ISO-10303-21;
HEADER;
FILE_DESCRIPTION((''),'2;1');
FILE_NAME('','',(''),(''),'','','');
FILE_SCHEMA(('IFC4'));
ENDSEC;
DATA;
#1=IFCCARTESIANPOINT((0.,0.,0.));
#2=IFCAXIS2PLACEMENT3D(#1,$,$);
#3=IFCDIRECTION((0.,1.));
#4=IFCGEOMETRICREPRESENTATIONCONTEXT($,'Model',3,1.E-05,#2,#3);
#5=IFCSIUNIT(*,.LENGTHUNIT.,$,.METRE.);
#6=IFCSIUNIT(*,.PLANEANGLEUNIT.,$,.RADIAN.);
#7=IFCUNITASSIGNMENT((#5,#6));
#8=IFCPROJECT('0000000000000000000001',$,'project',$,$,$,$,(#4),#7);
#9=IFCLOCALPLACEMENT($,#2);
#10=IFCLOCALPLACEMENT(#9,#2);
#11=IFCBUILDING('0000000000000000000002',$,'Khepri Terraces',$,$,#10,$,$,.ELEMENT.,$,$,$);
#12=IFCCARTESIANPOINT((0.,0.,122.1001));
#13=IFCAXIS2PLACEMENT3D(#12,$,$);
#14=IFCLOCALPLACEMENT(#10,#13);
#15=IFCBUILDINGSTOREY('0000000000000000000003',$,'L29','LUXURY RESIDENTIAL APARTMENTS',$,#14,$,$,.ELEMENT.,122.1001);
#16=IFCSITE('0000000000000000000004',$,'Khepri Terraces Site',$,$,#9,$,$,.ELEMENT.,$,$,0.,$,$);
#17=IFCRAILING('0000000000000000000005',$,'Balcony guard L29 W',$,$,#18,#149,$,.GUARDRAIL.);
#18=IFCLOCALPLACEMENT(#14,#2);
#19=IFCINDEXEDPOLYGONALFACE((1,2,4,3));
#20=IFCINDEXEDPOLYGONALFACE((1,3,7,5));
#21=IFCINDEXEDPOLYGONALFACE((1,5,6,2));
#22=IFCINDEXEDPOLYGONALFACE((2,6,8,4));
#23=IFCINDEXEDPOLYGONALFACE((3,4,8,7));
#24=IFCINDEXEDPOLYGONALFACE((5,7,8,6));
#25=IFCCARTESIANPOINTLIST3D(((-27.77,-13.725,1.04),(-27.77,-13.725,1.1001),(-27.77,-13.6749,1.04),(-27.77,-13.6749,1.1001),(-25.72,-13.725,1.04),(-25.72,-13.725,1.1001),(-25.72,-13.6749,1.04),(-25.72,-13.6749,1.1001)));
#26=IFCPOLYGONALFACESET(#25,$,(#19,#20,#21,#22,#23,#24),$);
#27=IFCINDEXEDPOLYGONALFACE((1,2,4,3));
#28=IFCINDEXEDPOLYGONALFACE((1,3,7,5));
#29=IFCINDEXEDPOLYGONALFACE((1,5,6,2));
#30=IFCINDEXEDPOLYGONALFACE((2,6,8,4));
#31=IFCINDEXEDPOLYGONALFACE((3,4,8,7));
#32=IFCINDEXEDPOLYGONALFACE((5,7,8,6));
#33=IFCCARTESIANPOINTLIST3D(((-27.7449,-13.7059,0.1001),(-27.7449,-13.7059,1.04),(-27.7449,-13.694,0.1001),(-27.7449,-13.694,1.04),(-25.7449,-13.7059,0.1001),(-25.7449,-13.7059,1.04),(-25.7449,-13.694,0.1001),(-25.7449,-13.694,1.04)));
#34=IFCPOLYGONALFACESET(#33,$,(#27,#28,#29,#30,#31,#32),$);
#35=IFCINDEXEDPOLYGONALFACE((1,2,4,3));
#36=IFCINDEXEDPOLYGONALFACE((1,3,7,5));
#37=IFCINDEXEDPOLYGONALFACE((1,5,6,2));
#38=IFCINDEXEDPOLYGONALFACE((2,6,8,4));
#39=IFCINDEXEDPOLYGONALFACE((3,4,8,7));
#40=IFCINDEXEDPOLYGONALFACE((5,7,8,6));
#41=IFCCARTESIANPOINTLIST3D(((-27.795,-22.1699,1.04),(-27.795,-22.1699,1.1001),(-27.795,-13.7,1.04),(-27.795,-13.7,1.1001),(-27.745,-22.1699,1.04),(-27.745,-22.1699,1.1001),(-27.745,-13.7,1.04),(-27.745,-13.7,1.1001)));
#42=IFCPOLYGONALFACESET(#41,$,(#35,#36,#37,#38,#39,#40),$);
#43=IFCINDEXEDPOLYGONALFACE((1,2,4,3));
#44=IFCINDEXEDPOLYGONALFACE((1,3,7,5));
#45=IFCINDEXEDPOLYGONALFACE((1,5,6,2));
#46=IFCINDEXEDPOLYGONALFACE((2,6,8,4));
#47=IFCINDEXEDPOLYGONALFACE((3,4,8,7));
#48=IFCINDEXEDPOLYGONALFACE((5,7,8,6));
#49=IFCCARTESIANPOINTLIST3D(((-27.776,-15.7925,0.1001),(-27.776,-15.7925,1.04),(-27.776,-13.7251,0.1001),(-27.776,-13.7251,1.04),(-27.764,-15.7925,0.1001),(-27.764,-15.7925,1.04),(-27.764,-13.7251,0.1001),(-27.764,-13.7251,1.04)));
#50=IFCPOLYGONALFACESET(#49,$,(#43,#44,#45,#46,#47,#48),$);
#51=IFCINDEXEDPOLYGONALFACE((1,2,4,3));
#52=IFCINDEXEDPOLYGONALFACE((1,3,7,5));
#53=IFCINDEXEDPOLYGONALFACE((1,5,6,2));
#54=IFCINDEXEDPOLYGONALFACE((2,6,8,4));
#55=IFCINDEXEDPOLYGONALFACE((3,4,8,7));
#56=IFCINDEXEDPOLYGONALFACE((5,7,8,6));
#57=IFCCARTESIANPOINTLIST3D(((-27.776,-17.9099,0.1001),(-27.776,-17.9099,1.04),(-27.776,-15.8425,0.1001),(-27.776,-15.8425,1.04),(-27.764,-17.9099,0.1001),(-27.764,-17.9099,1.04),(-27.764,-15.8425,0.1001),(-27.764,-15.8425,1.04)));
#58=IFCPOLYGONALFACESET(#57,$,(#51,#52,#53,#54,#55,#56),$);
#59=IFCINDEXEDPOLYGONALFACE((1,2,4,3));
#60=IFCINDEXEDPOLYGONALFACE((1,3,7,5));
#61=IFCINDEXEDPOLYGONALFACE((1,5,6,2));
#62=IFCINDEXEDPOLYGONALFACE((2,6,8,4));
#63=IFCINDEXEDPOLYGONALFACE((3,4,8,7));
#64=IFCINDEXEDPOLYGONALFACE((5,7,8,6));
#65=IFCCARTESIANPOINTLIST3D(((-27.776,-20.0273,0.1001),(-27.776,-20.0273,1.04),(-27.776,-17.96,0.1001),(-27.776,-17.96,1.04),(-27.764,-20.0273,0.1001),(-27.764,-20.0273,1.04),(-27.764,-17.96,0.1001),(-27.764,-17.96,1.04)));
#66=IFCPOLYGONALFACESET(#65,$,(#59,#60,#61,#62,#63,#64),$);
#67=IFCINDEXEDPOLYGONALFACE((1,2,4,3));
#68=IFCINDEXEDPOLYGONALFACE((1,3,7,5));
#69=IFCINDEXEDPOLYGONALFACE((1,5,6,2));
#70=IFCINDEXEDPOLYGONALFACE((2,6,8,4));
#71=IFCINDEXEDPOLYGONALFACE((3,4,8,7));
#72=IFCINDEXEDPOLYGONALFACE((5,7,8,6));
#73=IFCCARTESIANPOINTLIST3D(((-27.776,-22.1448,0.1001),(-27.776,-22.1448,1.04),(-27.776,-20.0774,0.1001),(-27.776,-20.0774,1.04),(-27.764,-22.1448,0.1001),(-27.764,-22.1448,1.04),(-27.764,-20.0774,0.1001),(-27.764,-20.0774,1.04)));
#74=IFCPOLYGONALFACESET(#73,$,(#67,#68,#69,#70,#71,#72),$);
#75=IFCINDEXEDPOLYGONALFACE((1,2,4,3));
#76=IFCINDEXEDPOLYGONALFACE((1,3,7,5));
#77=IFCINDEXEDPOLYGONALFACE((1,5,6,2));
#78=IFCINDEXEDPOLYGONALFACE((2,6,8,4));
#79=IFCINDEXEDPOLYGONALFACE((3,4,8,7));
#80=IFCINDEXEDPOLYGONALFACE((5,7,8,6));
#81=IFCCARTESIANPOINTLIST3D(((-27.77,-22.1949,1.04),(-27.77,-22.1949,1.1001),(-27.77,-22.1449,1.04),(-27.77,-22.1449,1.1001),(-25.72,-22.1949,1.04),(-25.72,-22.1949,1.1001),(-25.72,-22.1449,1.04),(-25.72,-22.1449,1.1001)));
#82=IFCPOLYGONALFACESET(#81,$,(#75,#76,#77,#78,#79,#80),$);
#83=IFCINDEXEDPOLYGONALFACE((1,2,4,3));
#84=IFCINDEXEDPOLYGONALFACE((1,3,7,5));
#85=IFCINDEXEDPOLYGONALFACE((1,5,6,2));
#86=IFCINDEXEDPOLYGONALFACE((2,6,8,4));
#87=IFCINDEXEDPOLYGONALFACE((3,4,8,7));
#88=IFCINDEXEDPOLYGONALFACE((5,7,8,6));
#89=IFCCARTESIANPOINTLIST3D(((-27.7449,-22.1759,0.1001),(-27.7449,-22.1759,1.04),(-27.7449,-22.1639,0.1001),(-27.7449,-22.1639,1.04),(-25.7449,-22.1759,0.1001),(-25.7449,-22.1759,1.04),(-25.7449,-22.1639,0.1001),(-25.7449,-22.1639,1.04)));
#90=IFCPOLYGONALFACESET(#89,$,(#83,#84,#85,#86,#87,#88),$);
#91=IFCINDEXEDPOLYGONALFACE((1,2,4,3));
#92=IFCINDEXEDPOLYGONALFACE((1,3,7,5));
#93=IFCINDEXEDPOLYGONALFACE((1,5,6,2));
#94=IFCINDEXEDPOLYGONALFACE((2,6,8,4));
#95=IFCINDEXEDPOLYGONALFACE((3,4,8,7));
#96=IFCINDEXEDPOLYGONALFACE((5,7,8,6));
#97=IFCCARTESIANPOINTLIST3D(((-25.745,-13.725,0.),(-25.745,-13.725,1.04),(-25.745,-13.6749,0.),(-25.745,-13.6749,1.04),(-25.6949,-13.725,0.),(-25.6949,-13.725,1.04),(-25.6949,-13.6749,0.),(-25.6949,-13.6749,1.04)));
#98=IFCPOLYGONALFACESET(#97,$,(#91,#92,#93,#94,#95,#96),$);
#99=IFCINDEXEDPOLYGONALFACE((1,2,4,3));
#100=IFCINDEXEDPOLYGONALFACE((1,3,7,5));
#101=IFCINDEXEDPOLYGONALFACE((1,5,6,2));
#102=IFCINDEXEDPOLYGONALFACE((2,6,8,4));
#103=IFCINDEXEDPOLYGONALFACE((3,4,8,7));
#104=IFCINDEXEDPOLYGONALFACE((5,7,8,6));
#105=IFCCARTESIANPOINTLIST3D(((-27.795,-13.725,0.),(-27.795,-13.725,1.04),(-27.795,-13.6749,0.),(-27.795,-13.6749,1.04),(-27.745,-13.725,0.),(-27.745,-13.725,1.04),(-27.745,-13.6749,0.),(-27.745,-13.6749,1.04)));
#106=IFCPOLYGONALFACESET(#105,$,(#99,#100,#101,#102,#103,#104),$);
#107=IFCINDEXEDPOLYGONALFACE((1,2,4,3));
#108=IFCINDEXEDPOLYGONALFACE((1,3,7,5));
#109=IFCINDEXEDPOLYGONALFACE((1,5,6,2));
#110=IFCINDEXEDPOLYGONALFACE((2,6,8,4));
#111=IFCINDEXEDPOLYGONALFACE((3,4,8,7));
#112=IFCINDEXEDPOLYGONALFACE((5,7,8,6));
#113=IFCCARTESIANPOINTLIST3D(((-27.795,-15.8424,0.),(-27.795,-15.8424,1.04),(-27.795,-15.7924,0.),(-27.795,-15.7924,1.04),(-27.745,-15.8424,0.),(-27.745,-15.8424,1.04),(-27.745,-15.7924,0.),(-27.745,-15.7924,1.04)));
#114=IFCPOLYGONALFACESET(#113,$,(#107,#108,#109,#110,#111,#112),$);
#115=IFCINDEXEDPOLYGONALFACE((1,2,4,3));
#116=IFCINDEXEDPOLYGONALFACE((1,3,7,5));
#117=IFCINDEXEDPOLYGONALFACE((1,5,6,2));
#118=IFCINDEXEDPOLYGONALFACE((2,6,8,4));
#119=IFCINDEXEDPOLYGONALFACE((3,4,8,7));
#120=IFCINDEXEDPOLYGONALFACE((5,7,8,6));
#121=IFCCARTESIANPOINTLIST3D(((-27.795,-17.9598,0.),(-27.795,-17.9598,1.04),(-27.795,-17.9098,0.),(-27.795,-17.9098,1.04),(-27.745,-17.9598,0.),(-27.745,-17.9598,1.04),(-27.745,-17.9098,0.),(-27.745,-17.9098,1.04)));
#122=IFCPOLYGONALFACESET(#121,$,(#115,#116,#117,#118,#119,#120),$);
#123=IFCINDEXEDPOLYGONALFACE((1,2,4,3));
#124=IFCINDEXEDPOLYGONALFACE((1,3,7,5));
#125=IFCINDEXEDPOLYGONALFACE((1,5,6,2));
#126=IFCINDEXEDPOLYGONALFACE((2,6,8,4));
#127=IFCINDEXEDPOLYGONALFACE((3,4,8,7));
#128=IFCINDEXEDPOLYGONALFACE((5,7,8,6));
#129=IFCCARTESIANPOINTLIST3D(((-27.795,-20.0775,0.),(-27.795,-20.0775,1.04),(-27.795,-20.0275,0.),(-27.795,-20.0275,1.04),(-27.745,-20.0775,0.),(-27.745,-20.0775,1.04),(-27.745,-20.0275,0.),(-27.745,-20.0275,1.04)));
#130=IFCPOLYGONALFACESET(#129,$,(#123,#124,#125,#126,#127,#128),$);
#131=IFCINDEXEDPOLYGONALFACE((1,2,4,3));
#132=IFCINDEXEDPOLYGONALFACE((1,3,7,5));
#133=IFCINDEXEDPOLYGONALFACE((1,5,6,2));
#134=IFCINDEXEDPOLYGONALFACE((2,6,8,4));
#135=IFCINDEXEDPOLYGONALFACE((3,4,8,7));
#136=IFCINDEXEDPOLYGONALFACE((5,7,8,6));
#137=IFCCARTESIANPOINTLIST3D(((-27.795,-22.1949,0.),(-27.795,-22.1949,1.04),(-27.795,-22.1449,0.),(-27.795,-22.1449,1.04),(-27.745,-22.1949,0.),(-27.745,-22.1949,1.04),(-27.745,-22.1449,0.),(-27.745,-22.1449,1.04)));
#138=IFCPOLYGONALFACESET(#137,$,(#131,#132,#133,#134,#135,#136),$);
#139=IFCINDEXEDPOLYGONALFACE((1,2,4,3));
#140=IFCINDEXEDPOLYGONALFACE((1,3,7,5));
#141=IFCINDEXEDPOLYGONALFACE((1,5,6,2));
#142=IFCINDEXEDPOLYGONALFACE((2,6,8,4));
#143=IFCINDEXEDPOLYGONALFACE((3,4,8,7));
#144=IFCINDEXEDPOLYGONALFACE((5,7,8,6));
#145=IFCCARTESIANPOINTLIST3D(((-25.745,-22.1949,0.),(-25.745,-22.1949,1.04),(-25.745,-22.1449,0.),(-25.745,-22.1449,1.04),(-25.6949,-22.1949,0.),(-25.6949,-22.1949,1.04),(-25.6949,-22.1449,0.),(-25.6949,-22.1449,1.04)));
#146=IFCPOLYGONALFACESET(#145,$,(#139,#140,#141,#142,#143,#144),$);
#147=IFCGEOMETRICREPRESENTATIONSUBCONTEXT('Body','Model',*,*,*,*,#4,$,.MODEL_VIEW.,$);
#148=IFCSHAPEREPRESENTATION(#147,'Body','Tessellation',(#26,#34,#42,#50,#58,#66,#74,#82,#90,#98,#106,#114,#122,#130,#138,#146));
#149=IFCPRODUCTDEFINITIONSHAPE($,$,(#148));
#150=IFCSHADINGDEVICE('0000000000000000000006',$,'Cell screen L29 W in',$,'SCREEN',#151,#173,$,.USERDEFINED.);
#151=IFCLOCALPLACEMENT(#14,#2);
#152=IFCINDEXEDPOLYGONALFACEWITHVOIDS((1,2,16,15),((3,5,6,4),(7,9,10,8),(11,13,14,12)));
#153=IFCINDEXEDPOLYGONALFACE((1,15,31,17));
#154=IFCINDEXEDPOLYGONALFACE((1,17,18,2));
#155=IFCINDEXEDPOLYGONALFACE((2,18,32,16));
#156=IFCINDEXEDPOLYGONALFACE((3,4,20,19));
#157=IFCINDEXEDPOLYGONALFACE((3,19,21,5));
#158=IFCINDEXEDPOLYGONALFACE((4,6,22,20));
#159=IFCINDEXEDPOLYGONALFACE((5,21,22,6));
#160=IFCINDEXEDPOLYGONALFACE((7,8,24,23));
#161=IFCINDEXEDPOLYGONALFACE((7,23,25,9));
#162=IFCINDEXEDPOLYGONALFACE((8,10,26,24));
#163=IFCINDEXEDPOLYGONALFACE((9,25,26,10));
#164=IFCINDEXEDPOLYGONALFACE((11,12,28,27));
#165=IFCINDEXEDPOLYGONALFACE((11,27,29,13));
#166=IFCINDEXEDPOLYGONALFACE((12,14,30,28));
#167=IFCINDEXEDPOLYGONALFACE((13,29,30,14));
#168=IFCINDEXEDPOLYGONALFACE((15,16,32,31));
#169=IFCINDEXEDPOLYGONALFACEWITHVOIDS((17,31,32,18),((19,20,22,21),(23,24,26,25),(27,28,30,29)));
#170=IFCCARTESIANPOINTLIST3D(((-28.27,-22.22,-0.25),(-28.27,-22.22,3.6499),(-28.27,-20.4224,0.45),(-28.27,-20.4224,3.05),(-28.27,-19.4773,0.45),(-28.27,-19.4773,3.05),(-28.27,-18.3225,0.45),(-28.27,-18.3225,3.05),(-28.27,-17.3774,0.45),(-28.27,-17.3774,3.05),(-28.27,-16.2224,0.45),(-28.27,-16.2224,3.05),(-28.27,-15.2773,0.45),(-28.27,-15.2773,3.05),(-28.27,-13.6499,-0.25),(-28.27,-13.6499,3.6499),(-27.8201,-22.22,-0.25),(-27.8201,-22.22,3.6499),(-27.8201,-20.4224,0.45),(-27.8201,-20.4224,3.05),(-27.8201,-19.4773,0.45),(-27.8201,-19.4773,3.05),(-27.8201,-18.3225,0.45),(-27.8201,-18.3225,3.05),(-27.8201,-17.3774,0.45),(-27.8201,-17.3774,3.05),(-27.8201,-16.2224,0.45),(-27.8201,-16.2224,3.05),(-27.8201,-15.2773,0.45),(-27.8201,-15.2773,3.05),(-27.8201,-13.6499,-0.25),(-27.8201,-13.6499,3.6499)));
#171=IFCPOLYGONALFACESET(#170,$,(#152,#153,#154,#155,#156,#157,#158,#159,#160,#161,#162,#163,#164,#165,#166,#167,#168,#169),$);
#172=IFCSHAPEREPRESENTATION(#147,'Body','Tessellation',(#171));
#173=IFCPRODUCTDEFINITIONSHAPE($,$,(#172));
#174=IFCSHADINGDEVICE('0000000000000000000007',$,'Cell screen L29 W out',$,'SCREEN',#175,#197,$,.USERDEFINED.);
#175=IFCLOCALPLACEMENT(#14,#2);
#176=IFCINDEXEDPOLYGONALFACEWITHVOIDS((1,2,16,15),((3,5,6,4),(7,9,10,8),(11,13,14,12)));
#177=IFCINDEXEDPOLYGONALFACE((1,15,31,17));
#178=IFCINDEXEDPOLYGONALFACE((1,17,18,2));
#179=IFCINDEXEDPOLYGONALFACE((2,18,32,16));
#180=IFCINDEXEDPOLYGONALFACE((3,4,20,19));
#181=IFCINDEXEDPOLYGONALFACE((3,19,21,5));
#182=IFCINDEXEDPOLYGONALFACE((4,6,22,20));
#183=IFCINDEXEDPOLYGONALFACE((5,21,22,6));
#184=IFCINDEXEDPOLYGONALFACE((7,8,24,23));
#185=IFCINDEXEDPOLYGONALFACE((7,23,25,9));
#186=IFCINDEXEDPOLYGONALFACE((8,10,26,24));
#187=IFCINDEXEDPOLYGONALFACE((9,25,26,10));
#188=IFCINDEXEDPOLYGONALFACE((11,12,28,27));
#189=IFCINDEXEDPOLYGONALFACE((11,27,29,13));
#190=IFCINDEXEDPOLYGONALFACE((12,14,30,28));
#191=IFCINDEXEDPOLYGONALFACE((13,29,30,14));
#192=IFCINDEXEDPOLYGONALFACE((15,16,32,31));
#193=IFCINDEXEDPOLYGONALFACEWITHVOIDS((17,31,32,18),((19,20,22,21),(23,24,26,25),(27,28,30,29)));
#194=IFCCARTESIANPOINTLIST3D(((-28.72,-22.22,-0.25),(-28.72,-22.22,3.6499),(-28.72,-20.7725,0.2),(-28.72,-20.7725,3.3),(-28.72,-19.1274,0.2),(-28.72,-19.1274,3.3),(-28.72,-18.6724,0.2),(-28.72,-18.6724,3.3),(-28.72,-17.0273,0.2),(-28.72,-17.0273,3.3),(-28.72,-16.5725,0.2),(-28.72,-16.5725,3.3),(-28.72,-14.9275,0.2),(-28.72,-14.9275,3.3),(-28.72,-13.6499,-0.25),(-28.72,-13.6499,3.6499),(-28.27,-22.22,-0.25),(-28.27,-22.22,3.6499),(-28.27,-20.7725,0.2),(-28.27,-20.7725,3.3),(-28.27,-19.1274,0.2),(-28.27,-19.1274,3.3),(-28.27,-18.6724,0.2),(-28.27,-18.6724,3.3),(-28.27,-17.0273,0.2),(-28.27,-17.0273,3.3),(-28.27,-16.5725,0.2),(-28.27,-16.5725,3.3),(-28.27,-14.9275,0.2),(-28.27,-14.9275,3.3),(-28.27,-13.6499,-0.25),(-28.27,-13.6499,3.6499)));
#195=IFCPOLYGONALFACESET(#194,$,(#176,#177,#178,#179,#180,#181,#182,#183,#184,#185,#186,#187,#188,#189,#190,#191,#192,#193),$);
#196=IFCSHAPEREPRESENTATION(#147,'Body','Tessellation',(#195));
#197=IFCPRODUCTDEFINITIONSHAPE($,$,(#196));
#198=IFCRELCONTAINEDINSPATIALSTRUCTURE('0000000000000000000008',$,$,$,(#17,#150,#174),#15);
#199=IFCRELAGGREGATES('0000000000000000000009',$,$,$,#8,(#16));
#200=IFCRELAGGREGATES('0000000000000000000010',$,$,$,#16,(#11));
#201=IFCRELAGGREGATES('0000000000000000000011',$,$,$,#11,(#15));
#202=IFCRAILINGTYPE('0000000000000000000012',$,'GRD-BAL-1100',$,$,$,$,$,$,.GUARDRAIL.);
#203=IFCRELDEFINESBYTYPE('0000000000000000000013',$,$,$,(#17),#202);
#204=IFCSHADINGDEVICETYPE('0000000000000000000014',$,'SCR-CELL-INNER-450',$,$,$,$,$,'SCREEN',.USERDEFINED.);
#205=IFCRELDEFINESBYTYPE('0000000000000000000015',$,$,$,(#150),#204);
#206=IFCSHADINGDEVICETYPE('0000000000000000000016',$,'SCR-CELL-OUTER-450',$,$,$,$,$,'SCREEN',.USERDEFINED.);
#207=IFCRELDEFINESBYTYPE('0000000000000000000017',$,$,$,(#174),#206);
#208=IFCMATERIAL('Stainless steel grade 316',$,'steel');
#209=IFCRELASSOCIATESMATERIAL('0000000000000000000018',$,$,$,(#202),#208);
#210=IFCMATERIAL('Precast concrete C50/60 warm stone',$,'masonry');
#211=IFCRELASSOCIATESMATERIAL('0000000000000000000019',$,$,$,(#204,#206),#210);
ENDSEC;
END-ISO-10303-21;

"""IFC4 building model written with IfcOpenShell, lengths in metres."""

from ifc_helpers import new_model, si_unit, direction, frame, origin, origin_2d, place, context, subcontext, project, spatial, polyline, rectangle, outline, extrude, material, type_object, element, save


model = new_model("IFC4")

# Units and contexts
model_context = context("Model", 3, precision=1e-05, world=origin(), true_north=direction((0.0, 1.0)))
body_context = subcontext(model_context, "Body", "Model", "MODEL_VIEW")
ifc_project = project(units=[si_unit("LENGTHUNIT", "METRE"), si_unit("PLANEANGLEUNIT", "RADIAN")], contexts=[model_context])

# Site, building, storey
site_placement = place(None, origin())
site = spatial("IfcSite", under=ifc_project, at=site_placement, Name="Khepri Terraces Site", CompositionType="ELEMENT", RefElevation=0.0)
building_placement = place(site_placement, origin())
building = spatial("IfcBuilding", under=site, at=building_placement, Name="Khepri Terraces", CompositionType="ELEMENT")
storey_placement = place(building_placement, frame((0.0, 0.0, 122.1001)))
storey = spatial("IfcBuildingStorey", under=building, at=storey_placement, Name="L29", Description="LUXURY RESIDENTIAL APARTMENTS", CompositionType="ELEMENT", Elevation=122.1001)

# Shared definitions
ifc_material_1 = material(Name="Precast concrete C50/60 warm stone", Category="masonry")

# Railing
ifc_material_2 = material(Name="Stainless steel grade 316", Category="steel")
railing_type = type_object("IfcRailingType", Name="GRD-BAL-1100", PredefinedType="GUARDRAIL", material=ifc_material_2)
railing_placement = place(storey_placement, frame((-25.72, -13.7, 0.0)))
element("IfcRailing", 1, at=railing_placement, inside=storey, type_object=railing_type, Name="Balcony guard L29 W", PredefinedType="GUARDRAIL", context=body_context, shape_type="SweptSolid", body=[
    extrude(rectangle(XDim=0.05, YDim=0.0601, at=origin_2d()), frame((0.0, 0.0, 1.0701), z_axis=(-1.0, 0.0, 0.0), x_axis=(0.0, -1.0, 0.0)), (0.0, 0.0, 1.0), 2.05),
    extrude(rectangle(XDim=2.0, YDim=0.012, at=origin_2d()), frame((-1.0249, 0.0, 0.1001), z_axis=(0.0, 0.0, 1.0), x_axis=(-1.0, 0.0, 0.0)), (0.0, 0.0, 1.0), 0.9399),
    extrude(rectangle(XDim=0.05, YDim=0.0601, at=origin_2d()), frame((-2.05, 0.0, 1.0701), z_axis=(0.0, -1.0, 0.0), x_axis=(1.0, 0.0, 0.0)), (0.0, 0.0, 1.0), 8.47),
    extrude(rectangle(XDim=2.0674, YDim=0.012, at=origin_2d()), frame((-2.05, -1.0588, 0.1001), z_axis=(0.0, 0.0, 1.0), x_axis=(0.0, -1.0, 0.0)), (0.0, 0.0, 1.0), 0.9399),
    extrude(rectangle(XDim=2.0674, YDim=0.012, at=origin_2d()), frame((-2.05, -3.1763, 0.1001), z_axis=(0.0, 0.0, 1.0), x_axis=(0.0, -1.0, 0.0)), (0.0, 0.0, 1.0), 0.9399),
    extrude(rectangle(XDim=2.0674, YDim=0.012, at=origin_2d()), frame((-2.05, -5.2937, 0.1001), z_axis=(0.0, 0.0, 1.0), x_axis=(0.0, -1.0, 0.0)), (0.0, 0.0, 1.0), 0.9399),
    extrude(rectangle(XDim=2.0674, YDim=0.012, at=origin_2d()), frame((-2.05, -7.4111, 0.1001), z_axis=(0.0, 0.0, 1.0), x_axis=(0.0, -1.0, 0.0)), (0.0, 0.0, 1.0), 0.9399),
    extrude(rectangle(XDim=0.05, YDim=0.0601, at=origin_2d()), frame((-2.05, -8.47, 1.0701), z_axis=(1.0, 0.0, 0.0), x_axis=(0.0, 1.0, 0.0)), (0.0, 0.0, 1.0), 2.05),
    extrude(rectangle(XDim=2.0, YDim=0.012, at=origin_2d()), frame((-1.0249, -8.47, 0.1001), z_axis=(0.0, 0.0, 1.0), x_axis=(1.0, 0.0, 0.0)), (0.0, 0.0, 1.0), 0.9399),
    extrude(rectangle(XDim=0.05, YDim=0.05, at=origin_2d()), origin(), (0.0, 0.0, 1.0), 1.04),
    extrude(rectangle(XDim=0.05, YDim=0.05, at=origin_2d()), frame((-2.05, 0.0, 0.0)), (0.0, 0.0, 1.0), 1.04),
    extrude(rectangle(XDim=0.05, YDim=0.05, at=origin_2d()), frame((-2.05, -2.1174, 0.0)), (0.0, 0.0, 1.0), 1.04),
    extrude(rectangle(XDim=0.05, YDim=0.05, at=origin_2d()), frame((-2.05, -4.2349, 0.0)), (0.0, 0.0, 1.0), 1.04),
    extrude(rectangle(XDim=0.05, YDim=0.05, at=origin_2d()), frame((-2.05, -6.3525, 0.0)), (0.0, 0.0, 1.0), 1.04),
    extrude(rectangle(XDim=0.05, YDim=0.05, at=origin_2d()), frame((-2.05, -8.47, 0.0)), (0.0, 0.0, 1.0), 1.04),
    extrude(rectangle(XDim=0.05, YDim=0.05, at=origin_2d()), frame((0.0, -8.47, 0.0)), (0.0, 0.0, 1.0), 1.04),
])

# Shading devices
shading_device_type_1 = type_object("IfcShadingDeviceType", Name="SCR-CELL-INNER-450", ElementType="SCREEN", PredefinedType="USERDEFINED", material=ifc_material_1)
shading_device_1_placement = place(storey_placement, frame((-27.8201, -13.6499, -0.25), z_axis=(-1.0, 0.0, 0.0), x_axis=(0.0, -1.0, 0.0)))
element("IfcShadingDevice", 2, at=shading_device_1_placement, inside=storey, type_object=shading_device_type_1, Name="Cell screen L29 W in", ObjectType="SCREEN", PredefinedType="USERDEFINED", context=body_context, shape_type="SweptSolid", body=[
    extrude(outline(polyline([(0.0, 0.0), (8.5701, 0.0), (8.5701, 3.8999), (0.0, 3.8999), (0.0, 0.0)]), holes=[polyline([(1.6274, 0.7), (2.5725, 0.7), (2.5725, 3.3), (1.6274, 3.3), (1.6274, 0.7)]), polyline([(3.7275, 0.7), (4.6726, 0.7), (4.6726, 3.3), (3.7275, 3.3), (3.7275, 0.7)]), polyline([(5.8274, 0.7), (6.7725, 0.7), (6.7725, 3.3), (5.8274, 3.3), (5.8274, 0.7)])]), origin(), (0.0, 0.0, 1.0), 0.45),
])
shading_device_type_2 = type_object("IfcShadingDeviceType", Name="SCR-CELL-OUTER-450", ElementType="SCREEN", PredefinedType="USERDEFINED", material=ifc_material_1)
shading_device_2_placement = place(storey_placement, frame((-28.27, -13.6499, -0.25), z_axis=(-1.0, 0.0, 0.0), x_axis=(0.0, -1.0, 0.0)))
element("IfcShadingDevice", 3, at=shading_device_2_placement, inside=storey, type_object=shading_device_type_2, Name="Cell screen L29 W out", ObjectType="SCREEN", PredefinedType="USERDEFINED", context=body_context, shape_type="SweptSolid", body=[
    extrude(outline(polyline([(0.0, 0.0), (8.5701, 0.0), (8.5701, 3.8999), (0.0, 3.8999), (0.0, 0.0)]), holes=[polyline([(1.2776, 0.45), (2.9226, 0.45), (2.9226, 3.55), (1.2776, 3.55), (1.2776, 0.45)]), polyline([(3.3774, 0.45), (5.0225, 0.45), (5.0225, 3.55), (3.3774, 3.55), (3.3774, 0.45)]), polyline([(5.4775, 0.45), (7.1226, 0.45), (7.1226, 3.55), (5.4775, 3.55), (5.4775, 0.45)])]), origin(), (0.0, 0.0, 1.0), 0.45),
])

save(model, "model.ifc")
